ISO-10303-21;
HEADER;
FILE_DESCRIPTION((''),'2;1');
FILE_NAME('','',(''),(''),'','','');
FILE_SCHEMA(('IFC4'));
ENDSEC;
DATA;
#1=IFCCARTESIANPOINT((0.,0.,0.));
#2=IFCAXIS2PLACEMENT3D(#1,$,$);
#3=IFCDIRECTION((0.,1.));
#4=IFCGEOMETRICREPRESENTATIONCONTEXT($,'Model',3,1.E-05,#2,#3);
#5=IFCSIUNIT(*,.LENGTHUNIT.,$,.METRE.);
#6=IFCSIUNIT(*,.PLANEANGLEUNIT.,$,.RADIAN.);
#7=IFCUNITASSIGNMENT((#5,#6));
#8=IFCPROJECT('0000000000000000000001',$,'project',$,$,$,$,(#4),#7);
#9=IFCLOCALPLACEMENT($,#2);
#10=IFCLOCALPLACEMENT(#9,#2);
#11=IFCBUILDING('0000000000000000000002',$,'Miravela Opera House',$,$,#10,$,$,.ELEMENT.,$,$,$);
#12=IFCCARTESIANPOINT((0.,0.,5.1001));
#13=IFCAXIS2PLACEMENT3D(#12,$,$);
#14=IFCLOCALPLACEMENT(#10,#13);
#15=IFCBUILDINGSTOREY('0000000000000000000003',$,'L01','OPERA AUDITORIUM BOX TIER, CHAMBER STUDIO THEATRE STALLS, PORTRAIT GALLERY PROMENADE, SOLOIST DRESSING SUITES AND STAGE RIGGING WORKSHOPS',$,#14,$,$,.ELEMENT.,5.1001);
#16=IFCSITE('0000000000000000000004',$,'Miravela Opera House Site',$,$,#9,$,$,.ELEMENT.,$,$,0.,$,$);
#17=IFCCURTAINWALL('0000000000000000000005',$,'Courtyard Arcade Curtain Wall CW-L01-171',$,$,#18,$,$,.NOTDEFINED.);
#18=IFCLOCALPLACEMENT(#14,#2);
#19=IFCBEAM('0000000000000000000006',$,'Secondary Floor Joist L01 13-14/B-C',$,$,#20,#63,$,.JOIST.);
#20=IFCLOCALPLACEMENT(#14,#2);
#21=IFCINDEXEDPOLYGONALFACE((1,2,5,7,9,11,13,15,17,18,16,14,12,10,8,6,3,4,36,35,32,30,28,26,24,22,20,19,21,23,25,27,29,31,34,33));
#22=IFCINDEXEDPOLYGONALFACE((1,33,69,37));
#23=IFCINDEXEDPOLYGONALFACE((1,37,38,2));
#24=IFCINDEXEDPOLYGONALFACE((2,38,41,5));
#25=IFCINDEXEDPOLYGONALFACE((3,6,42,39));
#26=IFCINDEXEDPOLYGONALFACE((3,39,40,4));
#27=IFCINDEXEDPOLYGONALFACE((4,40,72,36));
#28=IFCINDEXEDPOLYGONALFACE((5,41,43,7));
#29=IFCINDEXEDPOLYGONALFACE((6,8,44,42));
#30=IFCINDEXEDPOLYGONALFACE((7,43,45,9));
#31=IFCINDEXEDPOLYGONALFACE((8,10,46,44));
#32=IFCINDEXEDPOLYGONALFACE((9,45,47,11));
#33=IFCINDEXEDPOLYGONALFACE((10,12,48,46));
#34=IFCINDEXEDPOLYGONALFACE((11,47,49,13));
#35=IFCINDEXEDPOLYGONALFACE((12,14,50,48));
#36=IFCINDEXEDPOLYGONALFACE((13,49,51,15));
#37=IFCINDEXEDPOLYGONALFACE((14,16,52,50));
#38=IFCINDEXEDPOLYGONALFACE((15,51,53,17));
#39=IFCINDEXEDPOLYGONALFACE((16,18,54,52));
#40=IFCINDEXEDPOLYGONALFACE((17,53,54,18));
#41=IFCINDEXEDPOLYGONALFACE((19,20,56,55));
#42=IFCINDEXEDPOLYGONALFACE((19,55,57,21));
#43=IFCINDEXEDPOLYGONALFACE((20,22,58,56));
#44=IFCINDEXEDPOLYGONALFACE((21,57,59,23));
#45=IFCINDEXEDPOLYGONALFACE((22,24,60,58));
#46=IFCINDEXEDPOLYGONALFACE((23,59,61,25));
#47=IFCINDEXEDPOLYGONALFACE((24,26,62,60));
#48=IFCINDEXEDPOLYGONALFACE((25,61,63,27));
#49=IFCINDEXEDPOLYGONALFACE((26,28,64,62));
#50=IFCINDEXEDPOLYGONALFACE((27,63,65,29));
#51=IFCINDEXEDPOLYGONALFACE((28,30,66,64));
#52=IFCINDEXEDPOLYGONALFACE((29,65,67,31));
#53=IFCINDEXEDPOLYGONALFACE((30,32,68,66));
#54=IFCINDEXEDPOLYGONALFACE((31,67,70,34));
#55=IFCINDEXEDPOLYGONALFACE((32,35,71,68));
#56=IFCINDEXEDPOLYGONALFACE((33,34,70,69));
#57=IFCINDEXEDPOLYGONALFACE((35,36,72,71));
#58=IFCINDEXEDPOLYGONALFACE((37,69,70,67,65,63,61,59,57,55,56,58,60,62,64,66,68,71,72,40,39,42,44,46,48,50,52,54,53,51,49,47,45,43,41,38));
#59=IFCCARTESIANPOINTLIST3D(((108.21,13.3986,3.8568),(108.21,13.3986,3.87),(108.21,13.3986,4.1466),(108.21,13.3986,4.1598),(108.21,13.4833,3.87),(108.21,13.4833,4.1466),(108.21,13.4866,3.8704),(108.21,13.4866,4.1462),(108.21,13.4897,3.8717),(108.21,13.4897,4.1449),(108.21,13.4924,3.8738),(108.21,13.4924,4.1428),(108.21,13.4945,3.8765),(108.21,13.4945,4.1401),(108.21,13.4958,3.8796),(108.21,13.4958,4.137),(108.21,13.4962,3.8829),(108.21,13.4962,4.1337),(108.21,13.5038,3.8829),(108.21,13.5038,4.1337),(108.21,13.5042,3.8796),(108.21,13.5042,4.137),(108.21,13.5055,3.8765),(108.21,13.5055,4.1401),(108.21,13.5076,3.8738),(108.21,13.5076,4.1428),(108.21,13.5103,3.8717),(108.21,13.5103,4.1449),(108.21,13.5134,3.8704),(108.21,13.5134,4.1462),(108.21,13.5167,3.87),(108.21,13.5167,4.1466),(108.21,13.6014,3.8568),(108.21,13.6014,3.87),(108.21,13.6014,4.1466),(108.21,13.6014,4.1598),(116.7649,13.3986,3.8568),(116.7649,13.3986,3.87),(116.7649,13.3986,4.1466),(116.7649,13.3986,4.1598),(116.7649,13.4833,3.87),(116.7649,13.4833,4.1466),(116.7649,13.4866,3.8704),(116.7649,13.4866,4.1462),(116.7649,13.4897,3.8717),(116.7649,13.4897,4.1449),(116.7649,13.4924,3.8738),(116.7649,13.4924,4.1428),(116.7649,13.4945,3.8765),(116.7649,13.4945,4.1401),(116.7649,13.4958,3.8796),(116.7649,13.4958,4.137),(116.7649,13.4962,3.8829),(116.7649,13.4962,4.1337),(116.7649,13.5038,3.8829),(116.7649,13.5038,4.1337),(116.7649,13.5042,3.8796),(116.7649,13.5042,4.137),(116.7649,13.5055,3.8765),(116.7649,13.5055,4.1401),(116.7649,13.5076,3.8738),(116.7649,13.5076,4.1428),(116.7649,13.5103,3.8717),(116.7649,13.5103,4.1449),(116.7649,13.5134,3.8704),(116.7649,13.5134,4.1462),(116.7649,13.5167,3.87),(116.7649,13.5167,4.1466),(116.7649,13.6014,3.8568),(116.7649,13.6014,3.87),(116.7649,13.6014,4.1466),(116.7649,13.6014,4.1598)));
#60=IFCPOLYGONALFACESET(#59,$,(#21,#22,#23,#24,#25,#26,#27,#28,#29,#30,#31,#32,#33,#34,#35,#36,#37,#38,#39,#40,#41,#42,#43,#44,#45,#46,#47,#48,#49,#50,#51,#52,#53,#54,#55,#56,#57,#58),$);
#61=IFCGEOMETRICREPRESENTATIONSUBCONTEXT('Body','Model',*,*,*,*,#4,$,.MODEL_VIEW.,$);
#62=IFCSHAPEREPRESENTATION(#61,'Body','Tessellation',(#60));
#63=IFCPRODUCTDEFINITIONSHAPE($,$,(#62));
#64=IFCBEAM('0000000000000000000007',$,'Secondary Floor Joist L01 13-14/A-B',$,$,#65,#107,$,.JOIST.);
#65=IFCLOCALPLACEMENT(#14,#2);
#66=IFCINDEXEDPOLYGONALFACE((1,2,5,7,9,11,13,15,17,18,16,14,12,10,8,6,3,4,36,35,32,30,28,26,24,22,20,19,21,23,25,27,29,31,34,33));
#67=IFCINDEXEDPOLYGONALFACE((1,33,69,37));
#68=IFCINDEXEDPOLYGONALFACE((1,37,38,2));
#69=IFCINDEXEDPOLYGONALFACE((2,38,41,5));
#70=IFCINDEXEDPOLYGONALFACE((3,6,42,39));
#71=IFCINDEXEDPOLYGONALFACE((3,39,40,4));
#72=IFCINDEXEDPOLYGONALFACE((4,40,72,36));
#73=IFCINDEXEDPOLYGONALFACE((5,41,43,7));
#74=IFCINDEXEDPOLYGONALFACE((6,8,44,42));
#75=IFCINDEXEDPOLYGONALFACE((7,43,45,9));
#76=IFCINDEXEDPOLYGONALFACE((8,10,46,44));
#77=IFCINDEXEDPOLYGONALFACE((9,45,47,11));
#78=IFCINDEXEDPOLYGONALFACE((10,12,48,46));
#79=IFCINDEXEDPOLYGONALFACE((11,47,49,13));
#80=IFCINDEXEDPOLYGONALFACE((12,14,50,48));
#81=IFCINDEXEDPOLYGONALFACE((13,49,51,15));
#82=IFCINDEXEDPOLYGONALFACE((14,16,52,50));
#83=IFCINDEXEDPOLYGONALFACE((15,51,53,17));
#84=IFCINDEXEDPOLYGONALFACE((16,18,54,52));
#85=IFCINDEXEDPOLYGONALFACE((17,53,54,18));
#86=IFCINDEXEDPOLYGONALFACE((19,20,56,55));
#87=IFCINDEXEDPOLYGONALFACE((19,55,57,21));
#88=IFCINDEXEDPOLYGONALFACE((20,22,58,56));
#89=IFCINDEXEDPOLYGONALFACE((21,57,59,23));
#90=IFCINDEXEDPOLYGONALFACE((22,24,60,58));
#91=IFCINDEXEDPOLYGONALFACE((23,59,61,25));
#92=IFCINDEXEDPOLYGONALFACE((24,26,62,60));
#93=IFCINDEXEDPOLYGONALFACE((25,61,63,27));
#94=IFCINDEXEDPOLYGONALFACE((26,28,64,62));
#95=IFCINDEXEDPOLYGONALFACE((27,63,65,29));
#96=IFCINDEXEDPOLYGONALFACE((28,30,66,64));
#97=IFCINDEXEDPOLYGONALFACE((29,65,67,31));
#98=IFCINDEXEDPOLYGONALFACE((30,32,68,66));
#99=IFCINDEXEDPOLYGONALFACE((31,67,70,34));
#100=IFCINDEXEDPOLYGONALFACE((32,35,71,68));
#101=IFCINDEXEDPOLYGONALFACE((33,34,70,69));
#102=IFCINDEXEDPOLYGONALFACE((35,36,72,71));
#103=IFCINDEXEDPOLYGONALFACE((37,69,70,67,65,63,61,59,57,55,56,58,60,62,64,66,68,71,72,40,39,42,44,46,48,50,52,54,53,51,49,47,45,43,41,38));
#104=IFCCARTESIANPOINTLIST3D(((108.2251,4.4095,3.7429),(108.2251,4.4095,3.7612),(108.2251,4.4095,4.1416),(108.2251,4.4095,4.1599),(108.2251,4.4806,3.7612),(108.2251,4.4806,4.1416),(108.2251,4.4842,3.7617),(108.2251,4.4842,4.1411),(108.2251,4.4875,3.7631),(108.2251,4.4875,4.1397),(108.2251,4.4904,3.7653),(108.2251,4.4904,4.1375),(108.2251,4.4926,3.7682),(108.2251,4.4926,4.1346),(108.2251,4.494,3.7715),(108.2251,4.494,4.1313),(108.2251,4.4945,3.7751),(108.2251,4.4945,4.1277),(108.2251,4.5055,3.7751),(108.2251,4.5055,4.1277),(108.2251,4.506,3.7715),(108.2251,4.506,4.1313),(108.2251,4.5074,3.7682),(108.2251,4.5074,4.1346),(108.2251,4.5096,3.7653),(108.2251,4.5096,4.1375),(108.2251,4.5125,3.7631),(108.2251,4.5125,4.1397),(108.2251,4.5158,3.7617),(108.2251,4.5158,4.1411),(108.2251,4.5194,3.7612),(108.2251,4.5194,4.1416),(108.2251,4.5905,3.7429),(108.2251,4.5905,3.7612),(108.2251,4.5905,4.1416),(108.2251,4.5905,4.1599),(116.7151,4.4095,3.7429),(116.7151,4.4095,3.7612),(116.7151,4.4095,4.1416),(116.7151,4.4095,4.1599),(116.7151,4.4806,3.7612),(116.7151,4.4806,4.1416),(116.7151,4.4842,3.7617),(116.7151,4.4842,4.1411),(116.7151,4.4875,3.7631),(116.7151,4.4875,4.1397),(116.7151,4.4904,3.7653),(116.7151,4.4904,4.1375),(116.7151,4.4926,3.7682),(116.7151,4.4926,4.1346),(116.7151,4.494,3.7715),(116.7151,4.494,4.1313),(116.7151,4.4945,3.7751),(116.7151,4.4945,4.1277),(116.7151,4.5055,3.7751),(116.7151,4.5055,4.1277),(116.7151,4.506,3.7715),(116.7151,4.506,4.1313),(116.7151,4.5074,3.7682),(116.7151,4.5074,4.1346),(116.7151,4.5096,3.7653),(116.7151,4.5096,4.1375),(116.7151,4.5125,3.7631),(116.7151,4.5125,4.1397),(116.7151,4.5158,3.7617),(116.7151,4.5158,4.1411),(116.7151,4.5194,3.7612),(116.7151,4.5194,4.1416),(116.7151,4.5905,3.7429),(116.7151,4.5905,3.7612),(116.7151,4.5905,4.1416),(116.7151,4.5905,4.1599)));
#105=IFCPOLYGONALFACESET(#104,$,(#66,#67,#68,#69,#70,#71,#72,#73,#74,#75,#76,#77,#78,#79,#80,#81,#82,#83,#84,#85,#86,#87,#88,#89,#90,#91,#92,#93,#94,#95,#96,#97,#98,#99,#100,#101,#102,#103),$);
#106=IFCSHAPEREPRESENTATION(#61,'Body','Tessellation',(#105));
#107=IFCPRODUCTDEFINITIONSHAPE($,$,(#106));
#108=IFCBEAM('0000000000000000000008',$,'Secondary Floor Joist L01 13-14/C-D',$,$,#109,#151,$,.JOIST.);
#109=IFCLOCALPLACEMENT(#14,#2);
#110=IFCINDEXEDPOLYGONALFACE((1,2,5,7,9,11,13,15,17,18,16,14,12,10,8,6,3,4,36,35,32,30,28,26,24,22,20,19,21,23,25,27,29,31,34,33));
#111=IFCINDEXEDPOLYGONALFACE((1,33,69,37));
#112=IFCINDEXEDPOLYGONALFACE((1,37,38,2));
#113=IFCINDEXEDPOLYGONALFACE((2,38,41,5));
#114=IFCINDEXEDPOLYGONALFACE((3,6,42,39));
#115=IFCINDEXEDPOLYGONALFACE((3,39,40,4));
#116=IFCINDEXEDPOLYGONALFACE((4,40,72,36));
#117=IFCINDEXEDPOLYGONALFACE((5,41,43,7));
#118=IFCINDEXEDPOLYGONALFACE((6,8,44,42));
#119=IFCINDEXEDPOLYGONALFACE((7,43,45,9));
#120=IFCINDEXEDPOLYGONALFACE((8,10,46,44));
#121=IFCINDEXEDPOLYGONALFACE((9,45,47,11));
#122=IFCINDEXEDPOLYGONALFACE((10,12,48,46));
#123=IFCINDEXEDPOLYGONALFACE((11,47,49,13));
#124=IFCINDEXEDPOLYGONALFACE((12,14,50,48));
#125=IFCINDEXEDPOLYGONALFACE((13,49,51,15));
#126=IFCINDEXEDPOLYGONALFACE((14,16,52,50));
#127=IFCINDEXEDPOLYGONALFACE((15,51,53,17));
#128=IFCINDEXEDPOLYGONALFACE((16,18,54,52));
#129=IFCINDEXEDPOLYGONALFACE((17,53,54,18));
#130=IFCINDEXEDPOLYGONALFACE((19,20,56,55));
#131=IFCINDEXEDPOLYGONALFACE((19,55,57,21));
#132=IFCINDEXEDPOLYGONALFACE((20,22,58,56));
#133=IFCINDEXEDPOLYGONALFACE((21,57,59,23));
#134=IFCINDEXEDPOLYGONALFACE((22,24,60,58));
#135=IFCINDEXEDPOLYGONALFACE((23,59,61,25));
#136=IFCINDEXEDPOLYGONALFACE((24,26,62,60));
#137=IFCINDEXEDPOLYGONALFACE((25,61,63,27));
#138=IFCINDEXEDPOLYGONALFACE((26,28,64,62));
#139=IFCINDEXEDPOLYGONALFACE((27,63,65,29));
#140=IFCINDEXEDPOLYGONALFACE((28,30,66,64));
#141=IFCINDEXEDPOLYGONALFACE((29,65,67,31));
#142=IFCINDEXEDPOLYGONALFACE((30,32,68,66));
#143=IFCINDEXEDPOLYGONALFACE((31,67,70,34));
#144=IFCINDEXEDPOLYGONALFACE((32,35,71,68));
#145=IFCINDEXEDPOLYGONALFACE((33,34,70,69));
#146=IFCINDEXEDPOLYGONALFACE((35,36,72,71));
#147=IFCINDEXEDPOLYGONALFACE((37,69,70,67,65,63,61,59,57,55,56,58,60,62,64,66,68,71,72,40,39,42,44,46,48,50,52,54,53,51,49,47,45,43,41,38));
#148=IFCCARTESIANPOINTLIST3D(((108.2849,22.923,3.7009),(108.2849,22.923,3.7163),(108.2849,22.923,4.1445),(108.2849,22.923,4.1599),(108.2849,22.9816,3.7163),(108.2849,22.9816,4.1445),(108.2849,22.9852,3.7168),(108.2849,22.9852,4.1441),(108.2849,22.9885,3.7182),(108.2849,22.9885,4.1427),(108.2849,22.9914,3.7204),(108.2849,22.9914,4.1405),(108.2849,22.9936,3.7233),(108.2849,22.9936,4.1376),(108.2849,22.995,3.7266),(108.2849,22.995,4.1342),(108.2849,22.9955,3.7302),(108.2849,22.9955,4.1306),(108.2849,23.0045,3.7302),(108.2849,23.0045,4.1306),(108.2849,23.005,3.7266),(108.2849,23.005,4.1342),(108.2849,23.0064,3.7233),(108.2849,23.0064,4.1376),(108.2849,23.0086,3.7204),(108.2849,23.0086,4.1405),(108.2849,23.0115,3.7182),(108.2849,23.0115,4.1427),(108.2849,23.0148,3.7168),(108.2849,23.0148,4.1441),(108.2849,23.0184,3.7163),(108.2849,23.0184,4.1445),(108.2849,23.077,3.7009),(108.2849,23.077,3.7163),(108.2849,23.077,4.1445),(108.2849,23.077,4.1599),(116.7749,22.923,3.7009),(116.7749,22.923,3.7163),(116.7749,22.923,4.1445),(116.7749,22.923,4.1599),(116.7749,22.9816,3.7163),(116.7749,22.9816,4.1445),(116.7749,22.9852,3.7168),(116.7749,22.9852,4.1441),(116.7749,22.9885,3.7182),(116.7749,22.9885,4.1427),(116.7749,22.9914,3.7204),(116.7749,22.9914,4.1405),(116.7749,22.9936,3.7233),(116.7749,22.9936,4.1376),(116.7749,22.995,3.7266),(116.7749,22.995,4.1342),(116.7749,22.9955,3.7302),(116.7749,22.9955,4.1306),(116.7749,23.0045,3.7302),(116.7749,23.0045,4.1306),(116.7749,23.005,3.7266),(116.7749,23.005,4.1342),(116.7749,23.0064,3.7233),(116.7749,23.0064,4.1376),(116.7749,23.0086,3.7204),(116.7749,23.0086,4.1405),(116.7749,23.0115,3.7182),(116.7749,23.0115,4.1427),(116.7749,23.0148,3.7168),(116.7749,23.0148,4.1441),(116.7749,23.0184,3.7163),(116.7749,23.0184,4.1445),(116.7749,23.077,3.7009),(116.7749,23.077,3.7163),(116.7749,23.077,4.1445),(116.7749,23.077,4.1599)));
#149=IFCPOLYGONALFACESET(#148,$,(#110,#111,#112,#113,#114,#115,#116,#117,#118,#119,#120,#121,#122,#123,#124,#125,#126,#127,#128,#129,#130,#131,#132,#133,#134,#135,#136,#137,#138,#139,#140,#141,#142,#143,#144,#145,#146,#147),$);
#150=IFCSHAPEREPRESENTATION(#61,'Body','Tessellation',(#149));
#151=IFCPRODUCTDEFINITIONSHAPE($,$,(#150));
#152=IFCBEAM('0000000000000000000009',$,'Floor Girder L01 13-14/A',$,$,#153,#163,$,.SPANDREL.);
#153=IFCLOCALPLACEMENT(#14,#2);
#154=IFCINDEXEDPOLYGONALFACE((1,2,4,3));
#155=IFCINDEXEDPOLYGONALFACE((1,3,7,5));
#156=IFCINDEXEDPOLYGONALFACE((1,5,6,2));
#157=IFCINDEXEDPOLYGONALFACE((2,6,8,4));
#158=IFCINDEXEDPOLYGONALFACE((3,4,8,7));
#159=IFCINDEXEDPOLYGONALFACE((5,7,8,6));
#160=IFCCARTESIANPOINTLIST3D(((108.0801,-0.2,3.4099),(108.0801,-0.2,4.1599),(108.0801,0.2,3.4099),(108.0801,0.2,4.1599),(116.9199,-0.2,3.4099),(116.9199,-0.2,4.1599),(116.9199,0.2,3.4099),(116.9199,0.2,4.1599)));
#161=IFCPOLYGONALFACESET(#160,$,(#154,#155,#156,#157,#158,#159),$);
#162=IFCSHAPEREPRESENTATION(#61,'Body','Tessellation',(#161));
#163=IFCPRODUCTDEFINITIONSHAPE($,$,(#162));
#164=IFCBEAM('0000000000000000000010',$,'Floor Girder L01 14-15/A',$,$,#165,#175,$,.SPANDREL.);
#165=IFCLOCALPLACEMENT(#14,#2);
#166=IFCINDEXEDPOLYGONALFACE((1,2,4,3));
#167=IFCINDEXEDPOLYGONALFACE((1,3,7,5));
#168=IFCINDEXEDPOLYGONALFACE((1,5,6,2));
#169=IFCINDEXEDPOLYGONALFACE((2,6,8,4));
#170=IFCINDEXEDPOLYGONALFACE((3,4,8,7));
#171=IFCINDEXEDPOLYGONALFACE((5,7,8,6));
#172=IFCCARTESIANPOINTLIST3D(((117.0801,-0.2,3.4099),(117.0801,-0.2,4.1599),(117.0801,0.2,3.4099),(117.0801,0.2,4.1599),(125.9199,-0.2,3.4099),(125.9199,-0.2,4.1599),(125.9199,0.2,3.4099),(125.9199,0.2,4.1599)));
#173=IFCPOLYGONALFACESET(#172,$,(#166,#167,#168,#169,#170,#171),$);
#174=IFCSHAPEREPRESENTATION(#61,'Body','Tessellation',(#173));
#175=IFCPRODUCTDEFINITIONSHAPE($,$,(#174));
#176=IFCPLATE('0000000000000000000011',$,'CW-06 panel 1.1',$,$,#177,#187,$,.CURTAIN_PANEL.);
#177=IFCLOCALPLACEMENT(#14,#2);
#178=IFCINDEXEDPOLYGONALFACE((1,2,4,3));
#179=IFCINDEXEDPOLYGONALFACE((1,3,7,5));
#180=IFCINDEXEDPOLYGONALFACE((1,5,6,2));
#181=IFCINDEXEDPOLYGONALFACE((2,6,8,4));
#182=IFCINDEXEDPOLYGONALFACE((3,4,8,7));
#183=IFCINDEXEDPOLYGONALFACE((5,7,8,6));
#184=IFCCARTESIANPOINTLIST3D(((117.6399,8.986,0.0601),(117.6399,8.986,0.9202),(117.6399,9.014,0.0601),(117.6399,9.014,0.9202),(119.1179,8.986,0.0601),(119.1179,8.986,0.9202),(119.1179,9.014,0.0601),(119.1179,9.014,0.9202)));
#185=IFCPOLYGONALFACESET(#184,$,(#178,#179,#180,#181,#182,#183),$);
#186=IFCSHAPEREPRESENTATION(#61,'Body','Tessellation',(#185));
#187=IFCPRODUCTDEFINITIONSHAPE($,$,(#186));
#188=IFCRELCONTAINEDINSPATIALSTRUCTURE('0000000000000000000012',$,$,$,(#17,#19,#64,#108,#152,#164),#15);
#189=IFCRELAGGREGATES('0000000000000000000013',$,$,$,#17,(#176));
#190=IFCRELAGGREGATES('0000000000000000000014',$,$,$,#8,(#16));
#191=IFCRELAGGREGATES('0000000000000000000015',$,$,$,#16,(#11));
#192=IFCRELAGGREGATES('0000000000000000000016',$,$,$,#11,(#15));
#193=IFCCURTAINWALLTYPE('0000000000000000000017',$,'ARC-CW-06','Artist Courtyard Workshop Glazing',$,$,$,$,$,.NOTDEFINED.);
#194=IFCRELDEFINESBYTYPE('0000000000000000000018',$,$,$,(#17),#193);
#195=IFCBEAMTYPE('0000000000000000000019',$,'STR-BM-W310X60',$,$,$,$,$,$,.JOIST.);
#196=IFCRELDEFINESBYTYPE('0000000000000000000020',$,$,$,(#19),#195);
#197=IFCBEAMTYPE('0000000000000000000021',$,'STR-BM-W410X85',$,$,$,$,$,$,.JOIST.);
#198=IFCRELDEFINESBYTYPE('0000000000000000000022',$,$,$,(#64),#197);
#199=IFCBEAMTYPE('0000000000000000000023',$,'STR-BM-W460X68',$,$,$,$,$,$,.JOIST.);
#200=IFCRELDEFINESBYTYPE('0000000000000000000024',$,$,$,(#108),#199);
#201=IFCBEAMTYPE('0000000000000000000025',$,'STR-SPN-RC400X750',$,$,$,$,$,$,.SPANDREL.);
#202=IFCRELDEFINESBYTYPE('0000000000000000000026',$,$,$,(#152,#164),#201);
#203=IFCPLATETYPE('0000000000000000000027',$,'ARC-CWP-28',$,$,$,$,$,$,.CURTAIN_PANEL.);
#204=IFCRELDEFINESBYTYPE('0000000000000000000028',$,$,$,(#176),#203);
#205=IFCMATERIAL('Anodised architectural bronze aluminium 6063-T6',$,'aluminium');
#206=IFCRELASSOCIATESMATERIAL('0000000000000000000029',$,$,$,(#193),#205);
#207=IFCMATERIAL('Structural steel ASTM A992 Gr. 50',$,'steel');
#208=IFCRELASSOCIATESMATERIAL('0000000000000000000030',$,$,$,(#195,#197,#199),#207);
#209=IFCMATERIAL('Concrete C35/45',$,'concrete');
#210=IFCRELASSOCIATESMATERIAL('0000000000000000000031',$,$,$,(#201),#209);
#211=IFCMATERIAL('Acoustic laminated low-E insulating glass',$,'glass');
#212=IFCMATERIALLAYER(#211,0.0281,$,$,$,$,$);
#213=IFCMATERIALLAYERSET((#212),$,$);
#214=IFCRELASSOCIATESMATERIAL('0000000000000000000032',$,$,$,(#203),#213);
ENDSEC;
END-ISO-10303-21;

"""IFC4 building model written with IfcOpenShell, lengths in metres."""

from ifc_helpers import new_model, si_unit, direction, frame, origin, origin_2d, place, context, subcontext, project, spatial, rectangle, i_section, extrude, material, layer, layer_set, material_profile, profile_set, type_object, element, aggregate, save


model = new_model("IFC4")

# Units and contexts
model_context = context("Model", 3, precision=1e-05, world=origin(), true_north=direction((0.0, 1.0)))
body_context = subcontext(model_context, "Body", "Model", "MODEL_VIEW")
ifc_project = project(units=[si_unit("LENGTHUNIT", "METRE"), si_unit("PLANEANGLEUNIT", "RADIAN")], contexts=[model_context])

# Site, building, storey
site_placement = place(None, origin())
site = spatial("IfcSite", under=ifc_project, at=site_placement, Name="Miravela Opera House Site", CompositionType="ELEMENT", RefElevation=0.0)
building_placement = place(site_placement, origin())
building = spatial("IfcBuilding", under=site, at=building_placement, Name="Miravela Opera House", CompositionType="ELEMENT")
storey_placement = place(building_placement, frame((0.0, 0.0, 5.1001)))
storey = spatial("IfcBuildingStorey", under=building, at=storey_placement, Name="L01", Description="OPERA AUDITORIUM BOX TIER, CHAMBER STUDIO THEATRE STALLS, PORTRAIT GALLERY PROMENADE, SOLOIST DRESSING SUITES AND STAGE RIGGING WORKSHOPS", CompositionType="ELEMENT", Elevation=5.1001)

# Shared definitions
ifc_material_1 = material(Name="Concrete C35/45", Category="concrete")

# Curtain wall
ifc_material_2 = material(Name="Anodised architectural bronze aluminium 6063-T6", Category="aluminium")
curtain_wall_type = type_object("IfcCurtainWallType", Name="ARC-CW-06", Description="Artist Courtyard Workshop Glazing", PredefinedType="NOTDEFINED", material=ifc_material_2)
curtain_wall_placement = place(storey_placement, origin())
curtain_wall = element("IfcCurtainWall", 1, at=curtain_wall_placement, inside=storey, type_object=curtain_wall_type, Name="Courtyard Arcade Curtain Wall CW-L01-171", PredefinedType="NOTDEFINED")

# Beams
ifc_material_3 = material(Name="Structural steel ASTM A992 Gr. 50", Category="steel")
ifc_material_profile_1 = material_profile(ifc_material_3, i_section(OverallWidth=0.2029, OverallDepth=0.303, WebThickness=0.0076, FlangeThickness=0.0132, FilletRadius=0.0129, at=origin_2d()), Name="W310X60")
ifc_profile_set_1 = profile_set([ifc_material_profile_1])
beam_type_1 = type_object("IfcBeamType", Name="STR-BM-W310X60", PredefinedType="JOIST", material=ifc_profile_set_1)
beam_1_placement = place(storey_placement, frame((108.21, 13.5, 4.0083), z_axis=(1.0, 0.0, 0.0), x_axis=(0.0, 1.0, 0.0)))
element("IfcBeam", 2, at=beam_1_placement, inside=storey, type_object=beam_type_1, Name="Secondary Floor Joist L01 13-14/B-C", PredefinedType="JOIST", context=body_context, shape_type="SweptSolid", body=[
    extrude(i_section(OverallWidth=0.2029, OverallDepth=0.303, WebThickness=0.0076, FlangeThickness=0.0132, FilletRadius=0.0129, at=origin_2d()), origin(), (0.0, 0.0, 1.0), 8.5549),
])
ifc_material_profile_2 = material_profile(ifc_material_3, i_section(OverallWidth=0.1809, OverallDepth=0.417, WebThickness=0.011, FlangeThickness=0.0183, FilletRadius=0.0139, at=origin_2d()), Name="W410X85")
ifc_profile_set_2 = profile_set([ifc_material_profile_2])
beam_type_2 = type_object("IfcBeamType", Name="STR-BM-W410X85", PredefinedType="JOIST", material=ifc_profile_set_2)
beam_2_placement = place(storey_placement, frame((108.2251, 4.5, 3.9514), z_axis=(1.0, 0.0, 0.0), x_axis=(0.0, 1.0, 0.0)))
element("IfcBeam", 3, at=beam_2_placement, inside=storey, type_object=beam_type_2, Name="Secondary Floor Joist L01 13-14/A-B", PredefinedType="JOIST", context=body_context, shape_type="SweptSolid", body=[
    extrude(i_section(OverallWidth=0.1809, OverallDepth=0.417, WebThickness=0.011, FlangeThickness=0.0183, FilletRadius=0.0139, at=origin_2d()), origin(), (0.0, 0.0, 1.0), 8.49),
])
ifc_material_profile_3 = material_profile(ifc_material_3, i_section(OverallWidth=0.1541, OverallDepth=0.459, WebThickness=0.009, FlangeThickness=0.0154, FilletRadius=0.0139, at=origin_2d()), Name="W460X68")
ifc_profile_set_3 = profile_set([ifc_material_profile_3])
beam_type_3 = type_object("IfcBeamType", Name="STR-BM-W460X68", PredefinedType="JOIST", material=ifc_profile_set_3)
beam_3_placement = place(storey_placement, frame((108.2849, 23.0, 3.9304), z_axis=(1.0, 0.0, 0.0), x_axis=(0.0, 1.0, 0.0)))
element("IfcBeam", 4, at=beam_3_placement, inside=storey, type_object=beam_type_3, Name="Secondary Floor Joist L01 13-14/C-D", PredefinedType="JOIST", context=body_context, shape_type="SweptSolid", body=[
    extrude(i_section(OverallWidth=0.1541, OverallDepth=0.459, WebThickness=0.009, FlangeThickness=0.0154, FilletRadius=0.0139, at=origin_2d()), origin(), (0.0, 0.0, 1.0), 8.49),
])
ifc_material_profile_4 = material_profile(ifc_material_1, rectangle(XDim=0.3999, YDim=0.75, at=origin_2d()), Name="RC-SPN-400X750")
ifc_profile_set_4 = profile_set([ifc_material_profile_4])
beam_type_4 = type_object("IfcBeamType", Name="STR-SPN-RC400X750", PredefinedType="SPANDREL", material=ifc_profile_set_4)
for number, where, z_axis, x_axis, name in (
    (5, (108.0801, 0.0, 3.7849), (1.0, 0.0, 0.0), (0.0, 1.0, 0.0), "Floor Girder L01 13-14/A"),
    (6, (117.0801, 0.0, 3.7849), (1.0, 0.0, 0.0), (0.0, 1.0, 0.0), "Floor Girder L01 14-15/A"),
):
    element("IfcBeam", number, at=place(storey_placement, frame(where, z_axis=z_axis, x_axis=x_axis)), inside=storey, type_object=beam_type_4, Name=name, PredefinedType="SPANDREL", context=body_context, shape_type="SweptSolid", body=[
        extrude(rectangle(XDim=0.3999, YDim=0.75, at=origin_2d()), origin(), (0.0, 0.0, 1.0), 8.8398),
    ])

# Plate
ifc_material_4 = material(Name="Acoustic laminated low-E insulating glass", Category="glass")
ifc_layer_1 = layer(ifc_material_4, 0.0281)
ifc_layer_set_1 = layer_set([ifc_layer_1])
plate_type = type_object("IfcPlateType", Name="ARC-CWP-28", PredefinedType="CURTAIN_PANEL", material=ifc_layer_set_1)
plate_1_placement = place(storey_placement, frame((118.3789, 9.0, 0.0601), z_axis=(0.0, 0.0, 1.0), x_axis=(1.0, 0.0, 0.0)))
plate_1 = element("IfcPlate", 7, at=plate_1_placement, type_object=plate_type, Name="CW-06 panel 1.1", PredefinedType="CURTAIN_PANEL", context=body_context, shape_type="SweptSolid", body=[
    extrude(rectangle(XDim=1.478, YDim=0.0281, at=origin_2d()), origin(), (0.0, 0.0, 1.0), 0.8601),
])
aggregate(curtain_wall, [plate_1])

save(model, "model.ifc")
